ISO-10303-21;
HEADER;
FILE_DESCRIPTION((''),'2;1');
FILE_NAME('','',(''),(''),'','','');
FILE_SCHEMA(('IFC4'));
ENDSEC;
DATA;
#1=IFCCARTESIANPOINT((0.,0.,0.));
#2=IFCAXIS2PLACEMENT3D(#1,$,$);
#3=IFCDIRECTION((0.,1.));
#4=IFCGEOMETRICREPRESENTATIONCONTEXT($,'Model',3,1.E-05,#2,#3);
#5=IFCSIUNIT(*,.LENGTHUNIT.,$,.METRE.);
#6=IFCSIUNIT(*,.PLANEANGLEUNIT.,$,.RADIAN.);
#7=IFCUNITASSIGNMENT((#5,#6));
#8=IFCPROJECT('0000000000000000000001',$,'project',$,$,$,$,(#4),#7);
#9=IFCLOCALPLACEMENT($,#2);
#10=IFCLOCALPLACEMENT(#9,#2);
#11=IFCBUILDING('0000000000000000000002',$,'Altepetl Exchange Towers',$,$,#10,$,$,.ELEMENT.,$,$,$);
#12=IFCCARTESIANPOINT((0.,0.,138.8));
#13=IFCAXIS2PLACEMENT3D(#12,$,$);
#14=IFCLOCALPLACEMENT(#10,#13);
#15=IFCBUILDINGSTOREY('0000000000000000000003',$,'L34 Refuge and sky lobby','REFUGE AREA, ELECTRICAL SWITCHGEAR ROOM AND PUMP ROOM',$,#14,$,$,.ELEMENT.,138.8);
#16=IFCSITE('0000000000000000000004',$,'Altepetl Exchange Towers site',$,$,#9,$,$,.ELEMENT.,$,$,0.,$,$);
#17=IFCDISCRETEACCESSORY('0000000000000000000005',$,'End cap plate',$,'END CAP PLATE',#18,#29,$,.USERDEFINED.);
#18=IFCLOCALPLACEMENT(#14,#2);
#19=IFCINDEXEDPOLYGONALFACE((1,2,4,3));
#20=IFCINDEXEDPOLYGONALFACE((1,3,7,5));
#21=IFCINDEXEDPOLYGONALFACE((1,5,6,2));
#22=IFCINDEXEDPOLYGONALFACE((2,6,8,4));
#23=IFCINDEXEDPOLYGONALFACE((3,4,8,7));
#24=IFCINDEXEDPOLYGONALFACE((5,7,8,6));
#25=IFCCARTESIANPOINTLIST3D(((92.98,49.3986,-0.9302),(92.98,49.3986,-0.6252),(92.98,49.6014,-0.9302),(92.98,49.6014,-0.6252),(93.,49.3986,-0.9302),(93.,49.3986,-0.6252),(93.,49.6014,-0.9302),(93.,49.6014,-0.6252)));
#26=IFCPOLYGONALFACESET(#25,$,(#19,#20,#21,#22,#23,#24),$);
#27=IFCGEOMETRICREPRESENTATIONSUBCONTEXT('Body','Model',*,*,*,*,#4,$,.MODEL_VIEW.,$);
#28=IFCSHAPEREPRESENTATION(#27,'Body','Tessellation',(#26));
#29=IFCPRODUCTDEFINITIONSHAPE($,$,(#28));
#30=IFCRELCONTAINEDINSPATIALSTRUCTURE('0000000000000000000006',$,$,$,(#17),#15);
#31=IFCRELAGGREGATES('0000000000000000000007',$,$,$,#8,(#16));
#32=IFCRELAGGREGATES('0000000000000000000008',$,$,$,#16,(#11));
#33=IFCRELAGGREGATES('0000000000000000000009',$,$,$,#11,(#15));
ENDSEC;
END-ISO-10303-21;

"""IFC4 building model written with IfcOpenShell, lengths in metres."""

from ifc_helpers import new_model, si_unit, direction, frame, origin, origin_2d, place, context, subcontext, project, spatial, rectangle, extrude, element, save


model = new_model("IFC4")

# Units and contexts
model_context = context("Model", 3, precision=1e-05, world=origin(), true_north=direction((0.0, 1.0)))
body_context = subcontext(model_context, "Body", "Model", "MODEL_VIEW")
ifc_project = project(units=[si_unit("LENGTHUNIT", "METRE"), si_unit("PLANEANGLEUNIT", "RADIAN")], contexts=[model_context])

# Site, building, storey
site_placement = place(None, origin())
site = spatial("IfcSite", under=ifc_project, at=site_placement, Name="Altepetl Exchange Towers site", CompositionType="ELEMENT", RefElevation=0.0)
building_placement = place(site_placement, origin())
building = spatial("IfcBuilding", under=site, at=building_placement, Name="Altepetl Exchange Towers", CompositionType="ELEMENT")
storey_placement = place(building_placement, frame((0.0, 0.0, 138.8)))
storey = spatial("IfcBuildingStorey", under=building, at=storey_placement, Name="L34 Refuge and sky lobby", Description="REFUGE AREA, ELECTRICAL SWITCHGEAR ROOM AND PUMP ROOM", CompositionType="ELEMENT", Elevation=138.8)

# Discrete accessory
discrete_accessory_1_placement = place(storey_placement, frame((92.99, 49.5, -0.9302), z_axis=(0.0, 0.0, 1.0), x_axis=(-1.0, 0.0, 0.0)))
element("IfcDiscreteAccessory", 1, at=discrete_accessory_1_placement, inside=storey, Name="End cap plate", ObjectType="END CAP PLATE", PredefinedType="USERDEFINED", context=body_context, shape_type="SweptSolid", body=[
    extrude(rectangle(XDim=0.02, YDim=0.2029, at=origin_2d()), origin(), (0.0, 0.0, 1.0), 0.3049),
])

save(model, "model.ifc")
